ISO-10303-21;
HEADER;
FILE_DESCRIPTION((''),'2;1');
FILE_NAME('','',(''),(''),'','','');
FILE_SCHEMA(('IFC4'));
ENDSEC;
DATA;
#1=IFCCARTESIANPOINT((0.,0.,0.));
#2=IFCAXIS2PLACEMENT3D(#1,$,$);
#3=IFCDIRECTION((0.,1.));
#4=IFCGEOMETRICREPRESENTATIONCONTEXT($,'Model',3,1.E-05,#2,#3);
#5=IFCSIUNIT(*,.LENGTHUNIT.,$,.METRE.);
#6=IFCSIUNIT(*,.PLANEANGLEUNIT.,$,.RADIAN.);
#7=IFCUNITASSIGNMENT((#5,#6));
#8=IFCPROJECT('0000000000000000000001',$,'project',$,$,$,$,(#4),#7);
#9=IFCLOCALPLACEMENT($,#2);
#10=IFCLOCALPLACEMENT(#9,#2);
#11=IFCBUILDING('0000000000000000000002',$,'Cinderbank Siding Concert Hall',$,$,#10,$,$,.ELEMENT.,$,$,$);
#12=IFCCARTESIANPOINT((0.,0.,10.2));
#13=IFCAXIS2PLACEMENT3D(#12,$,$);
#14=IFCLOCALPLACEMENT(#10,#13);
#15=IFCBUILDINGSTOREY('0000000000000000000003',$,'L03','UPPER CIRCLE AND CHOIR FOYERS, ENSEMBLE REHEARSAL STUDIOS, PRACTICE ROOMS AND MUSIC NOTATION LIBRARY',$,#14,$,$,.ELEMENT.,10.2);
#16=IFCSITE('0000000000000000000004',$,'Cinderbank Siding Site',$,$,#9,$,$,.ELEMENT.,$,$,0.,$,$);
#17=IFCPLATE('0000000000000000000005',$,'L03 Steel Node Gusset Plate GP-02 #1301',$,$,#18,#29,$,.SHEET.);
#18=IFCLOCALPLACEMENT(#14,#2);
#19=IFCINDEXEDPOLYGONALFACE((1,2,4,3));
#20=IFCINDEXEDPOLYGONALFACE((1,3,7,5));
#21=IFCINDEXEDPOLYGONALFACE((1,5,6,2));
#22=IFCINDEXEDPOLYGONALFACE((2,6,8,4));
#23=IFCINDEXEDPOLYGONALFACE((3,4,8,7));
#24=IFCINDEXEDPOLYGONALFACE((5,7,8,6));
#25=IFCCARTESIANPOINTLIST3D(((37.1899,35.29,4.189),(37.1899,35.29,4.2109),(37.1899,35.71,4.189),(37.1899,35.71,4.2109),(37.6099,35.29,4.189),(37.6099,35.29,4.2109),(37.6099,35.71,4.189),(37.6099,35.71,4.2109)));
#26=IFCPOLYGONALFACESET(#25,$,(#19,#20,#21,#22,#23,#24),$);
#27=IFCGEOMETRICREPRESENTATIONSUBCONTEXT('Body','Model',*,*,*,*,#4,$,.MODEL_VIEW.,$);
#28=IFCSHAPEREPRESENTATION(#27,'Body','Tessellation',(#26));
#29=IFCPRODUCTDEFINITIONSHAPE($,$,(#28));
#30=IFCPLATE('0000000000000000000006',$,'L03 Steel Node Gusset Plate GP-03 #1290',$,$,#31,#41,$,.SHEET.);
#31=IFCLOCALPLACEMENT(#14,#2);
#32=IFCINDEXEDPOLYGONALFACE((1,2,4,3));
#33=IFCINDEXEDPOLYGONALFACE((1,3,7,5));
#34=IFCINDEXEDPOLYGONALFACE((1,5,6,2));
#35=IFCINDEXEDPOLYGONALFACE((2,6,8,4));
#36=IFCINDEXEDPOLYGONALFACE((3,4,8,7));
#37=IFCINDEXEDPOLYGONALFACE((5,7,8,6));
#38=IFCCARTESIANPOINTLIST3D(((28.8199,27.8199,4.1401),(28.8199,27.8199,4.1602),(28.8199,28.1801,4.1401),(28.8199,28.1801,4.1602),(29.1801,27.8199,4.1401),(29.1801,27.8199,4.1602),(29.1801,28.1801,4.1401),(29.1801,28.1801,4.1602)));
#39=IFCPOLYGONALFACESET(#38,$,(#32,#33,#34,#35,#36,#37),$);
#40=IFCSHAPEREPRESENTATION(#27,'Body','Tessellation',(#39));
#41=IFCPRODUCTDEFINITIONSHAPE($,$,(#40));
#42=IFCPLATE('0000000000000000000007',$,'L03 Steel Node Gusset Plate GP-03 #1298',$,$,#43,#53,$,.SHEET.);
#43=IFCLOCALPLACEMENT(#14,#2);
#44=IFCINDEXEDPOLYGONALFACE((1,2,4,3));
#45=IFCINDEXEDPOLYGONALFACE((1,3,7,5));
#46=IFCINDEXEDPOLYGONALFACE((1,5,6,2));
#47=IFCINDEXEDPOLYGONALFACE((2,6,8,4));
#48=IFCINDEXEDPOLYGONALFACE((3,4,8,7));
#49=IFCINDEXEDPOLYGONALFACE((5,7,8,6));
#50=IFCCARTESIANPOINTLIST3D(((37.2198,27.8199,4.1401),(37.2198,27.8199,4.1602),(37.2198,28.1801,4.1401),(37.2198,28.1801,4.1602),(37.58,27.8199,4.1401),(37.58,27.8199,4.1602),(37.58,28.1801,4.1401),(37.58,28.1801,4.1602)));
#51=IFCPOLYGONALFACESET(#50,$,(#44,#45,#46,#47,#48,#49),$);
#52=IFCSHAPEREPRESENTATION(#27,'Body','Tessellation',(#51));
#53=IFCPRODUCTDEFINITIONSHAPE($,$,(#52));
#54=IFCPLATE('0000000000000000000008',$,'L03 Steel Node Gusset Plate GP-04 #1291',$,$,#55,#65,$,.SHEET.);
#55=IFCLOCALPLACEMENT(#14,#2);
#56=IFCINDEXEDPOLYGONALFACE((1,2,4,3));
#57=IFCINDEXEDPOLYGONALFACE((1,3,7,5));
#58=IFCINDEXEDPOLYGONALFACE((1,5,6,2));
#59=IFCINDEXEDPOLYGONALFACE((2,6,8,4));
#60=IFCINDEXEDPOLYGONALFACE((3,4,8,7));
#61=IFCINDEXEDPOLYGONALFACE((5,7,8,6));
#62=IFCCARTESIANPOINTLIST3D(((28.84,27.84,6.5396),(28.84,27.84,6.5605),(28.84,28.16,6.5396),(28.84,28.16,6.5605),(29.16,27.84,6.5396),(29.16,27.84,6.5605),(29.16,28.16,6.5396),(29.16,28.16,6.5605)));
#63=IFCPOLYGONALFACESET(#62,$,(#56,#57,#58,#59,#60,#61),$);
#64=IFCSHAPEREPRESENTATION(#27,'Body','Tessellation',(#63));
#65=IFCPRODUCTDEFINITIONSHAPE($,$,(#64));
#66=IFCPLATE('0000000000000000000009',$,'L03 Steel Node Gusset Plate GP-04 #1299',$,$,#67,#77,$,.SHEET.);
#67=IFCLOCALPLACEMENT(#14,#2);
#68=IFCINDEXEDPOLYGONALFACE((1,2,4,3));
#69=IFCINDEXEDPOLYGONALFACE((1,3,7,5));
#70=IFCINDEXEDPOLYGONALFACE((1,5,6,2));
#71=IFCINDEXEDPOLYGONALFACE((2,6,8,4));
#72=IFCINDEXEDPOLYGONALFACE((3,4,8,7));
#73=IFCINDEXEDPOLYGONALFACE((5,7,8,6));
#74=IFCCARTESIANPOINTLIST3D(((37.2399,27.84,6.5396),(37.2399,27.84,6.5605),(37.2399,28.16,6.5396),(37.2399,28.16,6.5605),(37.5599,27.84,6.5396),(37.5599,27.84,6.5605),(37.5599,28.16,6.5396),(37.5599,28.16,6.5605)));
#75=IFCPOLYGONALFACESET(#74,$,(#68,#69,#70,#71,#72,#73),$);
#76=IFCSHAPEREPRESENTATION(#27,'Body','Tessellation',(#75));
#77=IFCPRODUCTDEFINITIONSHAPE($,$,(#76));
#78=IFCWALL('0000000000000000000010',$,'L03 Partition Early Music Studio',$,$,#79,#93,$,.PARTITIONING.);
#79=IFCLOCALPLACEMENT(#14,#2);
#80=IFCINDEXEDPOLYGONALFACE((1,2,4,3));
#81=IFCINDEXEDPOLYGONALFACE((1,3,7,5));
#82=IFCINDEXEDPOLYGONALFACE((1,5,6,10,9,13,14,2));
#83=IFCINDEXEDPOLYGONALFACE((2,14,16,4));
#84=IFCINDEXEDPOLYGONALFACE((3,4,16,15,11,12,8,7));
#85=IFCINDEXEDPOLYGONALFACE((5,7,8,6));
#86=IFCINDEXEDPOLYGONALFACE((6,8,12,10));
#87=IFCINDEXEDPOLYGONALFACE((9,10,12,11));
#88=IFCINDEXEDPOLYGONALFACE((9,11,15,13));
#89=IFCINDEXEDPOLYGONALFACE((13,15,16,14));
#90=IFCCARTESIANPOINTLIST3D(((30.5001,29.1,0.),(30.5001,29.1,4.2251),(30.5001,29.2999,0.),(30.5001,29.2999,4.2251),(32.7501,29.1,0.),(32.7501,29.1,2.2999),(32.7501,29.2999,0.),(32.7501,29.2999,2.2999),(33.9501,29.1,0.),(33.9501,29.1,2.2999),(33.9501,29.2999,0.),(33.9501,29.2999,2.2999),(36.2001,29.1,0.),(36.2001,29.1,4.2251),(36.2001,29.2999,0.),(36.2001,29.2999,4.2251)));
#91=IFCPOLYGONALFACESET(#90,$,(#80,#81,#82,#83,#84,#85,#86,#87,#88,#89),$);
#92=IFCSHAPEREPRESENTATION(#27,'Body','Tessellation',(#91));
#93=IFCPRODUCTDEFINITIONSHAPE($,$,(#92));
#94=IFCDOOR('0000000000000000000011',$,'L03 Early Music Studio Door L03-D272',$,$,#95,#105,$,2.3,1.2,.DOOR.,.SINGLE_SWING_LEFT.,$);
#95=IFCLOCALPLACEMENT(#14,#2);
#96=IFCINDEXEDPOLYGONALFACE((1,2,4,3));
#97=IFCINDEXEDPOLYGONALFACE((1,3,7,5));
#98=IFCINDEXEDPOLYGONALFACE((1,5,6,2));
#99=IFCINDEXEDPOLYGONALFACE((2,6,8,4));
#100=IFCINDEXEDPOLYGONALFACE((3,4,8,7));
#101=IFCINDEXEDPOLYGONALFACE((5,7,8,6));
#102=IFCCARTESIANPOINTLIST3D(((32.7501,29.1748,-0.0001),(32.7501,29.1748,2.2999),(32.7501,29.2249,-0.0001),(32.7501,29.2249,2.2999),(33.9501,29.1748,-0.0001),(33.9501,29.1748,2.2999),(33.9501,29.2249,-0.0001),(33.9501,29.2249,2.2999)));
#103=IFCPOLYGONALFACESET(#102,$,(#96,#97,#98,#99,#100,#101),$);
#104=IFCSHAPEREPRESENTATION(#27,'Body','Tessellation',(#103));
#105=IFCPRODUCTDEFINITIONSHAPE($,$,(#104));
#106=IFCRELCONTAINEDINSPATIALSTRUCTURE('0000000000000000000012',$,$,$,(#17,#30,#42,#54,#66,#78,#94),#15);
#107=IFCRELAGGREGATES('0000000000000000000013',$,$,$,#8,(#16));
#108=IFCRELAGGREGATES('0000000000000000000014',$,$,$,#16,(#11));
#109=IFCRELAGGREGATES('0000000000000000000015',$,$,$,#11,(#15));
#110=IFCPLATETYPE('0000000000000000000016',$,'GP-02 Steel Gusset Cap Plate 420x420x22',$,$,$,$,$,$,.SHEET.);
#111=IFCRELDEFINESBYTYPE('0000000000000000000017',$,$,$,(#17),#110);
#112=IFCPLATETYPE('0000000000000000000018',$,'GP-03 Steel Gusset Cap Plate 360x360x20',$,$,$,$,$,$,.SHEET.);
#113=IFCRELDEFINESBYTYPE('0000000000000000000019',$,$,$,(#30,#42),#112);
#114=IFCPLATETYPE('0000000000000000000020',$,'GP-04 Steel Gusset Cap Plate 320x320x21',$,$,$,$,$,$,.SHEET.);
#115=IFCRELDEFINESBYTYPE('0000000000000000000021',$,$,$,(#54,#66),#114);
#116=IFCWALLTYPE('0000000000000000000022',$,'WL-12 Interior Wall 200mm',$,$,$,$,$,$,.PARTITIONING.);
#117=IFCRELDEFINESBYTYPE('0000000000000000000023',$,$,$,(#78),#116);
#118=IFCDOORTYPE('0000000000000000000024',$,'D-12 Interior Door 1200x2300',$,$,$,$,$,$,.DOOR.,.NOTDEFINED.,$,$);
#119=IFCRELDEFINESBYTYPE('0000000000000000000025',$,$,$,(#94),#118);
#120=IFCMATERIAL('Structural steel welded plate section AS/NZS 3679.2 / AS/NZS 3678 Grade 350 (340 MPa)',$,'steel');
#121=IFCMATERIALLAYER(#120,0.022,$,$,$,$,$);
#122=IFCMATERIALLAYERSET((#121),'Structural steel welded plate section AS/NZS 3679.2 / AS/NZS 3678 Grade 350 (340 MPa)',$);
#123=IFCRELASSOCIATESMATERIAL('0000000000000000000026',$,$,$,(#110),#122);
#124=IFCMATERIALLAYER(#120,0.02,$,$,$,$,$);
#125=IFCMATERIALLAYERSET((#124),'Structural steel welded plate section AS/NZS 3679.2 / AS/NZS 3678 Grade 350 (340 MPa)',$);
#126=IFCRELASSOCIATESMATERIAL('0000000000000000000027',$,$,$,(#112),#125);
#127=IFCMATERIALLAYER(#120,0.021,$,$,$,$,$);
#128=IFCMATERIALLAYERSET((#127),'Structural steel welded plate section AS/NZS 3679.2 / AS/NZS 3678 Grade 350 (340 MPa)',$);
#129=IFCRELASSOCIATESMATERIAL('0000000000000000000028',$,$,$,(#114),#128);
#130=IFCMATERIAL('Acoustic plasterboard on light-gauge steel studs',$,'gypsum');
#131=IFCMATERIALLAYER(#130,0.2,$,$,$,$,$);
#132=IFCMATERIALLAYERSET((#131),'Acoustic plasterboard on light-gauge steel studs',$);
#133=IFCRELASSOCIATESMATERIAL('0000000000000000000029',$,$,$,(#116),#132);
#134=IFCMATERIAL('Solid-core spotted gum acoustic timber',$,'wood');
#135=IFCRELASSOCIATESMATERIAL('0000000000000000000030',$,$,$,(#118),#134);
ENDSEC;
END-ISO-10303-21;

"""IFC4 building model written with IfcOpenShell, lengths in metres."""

from ifc_helpers import new_model, si_unit, direction, frame, frame_2d, origin, origin_2d, place, context, subcontext, project, spatial, rectangle, extrude, material, layer, layer_set, type_object, element, fill, save


model = new_model("IFC4")

# Units and contexts
model_context = context("Model", 3, precision=1e-05, world=origin(), true_north=direction((0.0, 1.0)))
body_context = subcontext(model_context, "Body", "Model", "MODEL_VIEW")
ifc_project = project(units=[si_unit("LENGTHUNIT", "METRE"), si_unit("PLANEANGLEUNIT", "RADIAN")], contexts=[model_context])

# Site, building, storey
site_placement = place(None, origin())
site = spatial("IfcSite", under=ifc_project, at=site_placement, Name="Cinderbank Siding Site", CompositionType="ELEMENT", RefElevation=0.0)
building_placement = place(site_placement, origin())
building = spatial("IfcBuilding", under=site, at=building_placement, Name="Cinderbank Siding Concert Hall", CompositionType="ELEMENT")
storey_placement = place(building_placement, frame((0.0, 0.0, 10.2)))
storey = spatial("IfcBuildingStorey", under=building, at=storey_placement, Name="L03", Description="UPPER CIRCLE AND CHOIR FOYERS, ENSEMBLE REHEARSAL STUDIOS, PRACTICE ROOMS AND MUSIC NOTATION LIBRARY", CompositionType="ELEMENT", Elevation=10.2)

# Shared definitions
ifc_material_1 = material(Name="Structural steel welded plate section AS/NZS 3679.2 / AS/NZS 3678 Grade 350 (340 MPa)", Category="steel")

# Plates
ifc_layer_1 = layer(ifc_material_1, 0.022)
ifc_layer_set_1 = layer_set([ifc_layer_1], Name="Structural steel welded plate section AS/NZS 3679.2 / AS/NZS 3678 Grade 350 (340 MPa)")
plate_type_1 = type_object("IfcPlateType", Name="GP-02 Steel Gusset Cap Plate 420x420x22", PredefinedType="SHEET", material=ifc_layer_set_1)
for number, where, z_axis, x_axis, name in (
    (1, (37.3999, 35.5, 4.189), (0.0, 0.0, 1.0), (0.0, -1.0, 0.0), "L03 Steel Node Gusset Plate GP-02 #1301"),
):
    element("IfcPlate", number, at=place(storey_placement, frame(where, z_axis=z_axis, x_axis=x_axis)), inside=storey, type_object=plate_type_1, Name=name, PredefinedType="SHEET", context=body_context, shape_type="SweptSolid", body=[
        extrude(rectangle(XDim=0.4199, YDim=0.4199, at=origin_2d()), origin(), (0.0, 0.0, 1.0), 0.022),
    ])
ifc_layer_2 = layer(ifc_material_1, 0.02)
ifc_layer_set_2 = layer_set([ifc_layer_2], Name="Structural steel welded plate section AS/NZS 3679.2 / AS/NZS 3678 Grade 350 (340 MPa)")
plate_type_2 = type_object("IfcPlateType", Name="GP-03 Steel Gusset Cap Plate 360x360x20", PredefinedType="SHEET", material=ifc_layer_set_2)
for number, where, z_axis, x_axis, name in (
    (2, (29.0, 28.0, 4.1401), (0.0, 0.0, 1.0), (1.0, 0.0, 0.0), "L03 Steel Node Gusset Plate GP-03 #1290"),
    (3, (37.3999, 28.0, 4.1401), (0.0, 0.0, 1.0), (1.0, 0.0, 0.0), "L03 Steel Node Gusset Plate GP-03 #1298"),
):
    element("IfcPlate", number, at=place(storey_placement, frame(where, z_axis=z_axis, x_axis=x_axis)), inside=storey, type_object=plate_type_2, Name=name, PredefinedType="SHEET", context=body_context, shape_type="SweptSolid", body=[
        extrude(rectangle(XDim=0.3601, YDim=0.3601, at=origin_2d()), origin(), (0.0, 0.0, 1.0), 0.02),
    ])
ifc_layer_3 = layer(ifc_material_1, 0.021)
ifc_layer_set_3 = layer_set([ifc_layer_3], Name="Structural steel welded plate section AS/NZS 3679.2 / AS/NZS 3678 Grade 350 (340 MPa)")
plate_type_3 = type_object("IfcPlateType", Name="GP-04 Steel Gusset Cap Plate 320x320x21", PredefinedType="SHEET", material=ifc_layer_set_3)
for number, where, z_axis, x_axis, name in (
    (4, (29.0, 28.0, 6.5396), (0.0, 0.0, 1.0), (1.0, 0.0, 0.0), "L03 Steel Node Gusset Plate GP-04 #1291"),
    (5, (37.3999, 28.0, 6.5396), (0.0, 0.0, 1.0), (1.0, 0.0, 0.0), "L03 Steel Node Gusset Plate GP-04 #1299"),
):
    element("IfcPlate", number, at=place(storey_placement, frame(where, z_axis=z_axis, x_axis=x_axis)), inside=storey, type_object=plate_type_3, Name=name, PredefinedType="SHEET", context=body_context, shape_type="SweptSolid", body=[
        extrude(rectangle(XDim=0.3201, YDim=0.3201, at=origin_2d()), origin(), (0.0, 0.0, 1.0), 0.021),
    ])

# Wall, opening, door
ifc_material_2 = material(Name="Acoustic plasterboard on light-gauge steel studs", Category="gypsum")
ifc_layer_4 = layer(ifc_material_2, 0.2)
ifc_layer_set_4 = layer_set([ifc_layer_4], Name="Acoustic plasterboard on light-gauge steel studs")
wall_type = type_object("IfcWallType", Name="WL-12 Interior Wall 200mm", PredefinedType="PARTITIONING", material=ifc_layer_set_4)
wall_placement = place(storey_placement, frame((30.5, 29.2, 0.0), z_axis=(0.0, 0.0, 1.0), x_axis=(1.0, 0.0, 0.0)))
wall = element("IfcWall", 6, at=wall_placement, inside=storey, type_object=wall_type, Name="L03 Partition Early Music Studio", PredefinedType="PARTITIONING", context=body_context, shape_type="SweptSolid", body=[
    extrude(rectangle(XDim=5.7, YDim=0.2, at=frame_2d((2.8501, 0.0))), origin(), (0.0, 0.0, 1.0), 4.2251),
])
opening_placement = place(wall_placement, frame((2.25, 0.0, 0.0)))
opening = element("IfcOpeningElement", 7, at=opening_placement, cuts=wall, PredefinedType="OPENING", context=body_context, shape_type="SweptSolid", body=[
    extrude(rectangle(XDim=1.2, YDim=2.3, at=frame_2d((0.6001, 1.1499))), frame((0.0, 0.1118, 0.0), z_axis=(0.0, -1.0, 0.0), x_axis=(1.0, 0.0, 0.0)), (0.0, 0.0, 1.0), 0.2239),
])
ifc_material_3 = material(Name="Solid-core spotted gum acoustic timber", Category="wood")
door_type = type_object("IfcDoorType", Name="D-12 Interior Door 1200x2300", OperationType="NOTDEFINED", PredefinedType="DOOR", material=ifc_material_3)
door_placement = place(opening_placement, origin())
door = element("IfcDoor", 8, at=door_placement, inside=storey, type_object=door_type, Name="L03 Early Music Studio Door L03-D272", OperationType="SINGLE_SWING_LEFT", OverallHeight=2.3, OverallWidth=1.2, PredefinedType="DOOR", context=body_context, shape_type="SweptSolid", body=[
    extrude(rectangle(XDim=1.2, YDim=2.3, at=frame_2d((0.6001, 1.1499))), frame((0.0, 0.0249, 0.0), z_axis=(0.0, -1.0, 0.0), x_axis=(1.0, 0.0, 0.0)), (0.0, 0.0, 1.0), 0.05),
])
fill(opening, door)

save(model, "model.ifc")
